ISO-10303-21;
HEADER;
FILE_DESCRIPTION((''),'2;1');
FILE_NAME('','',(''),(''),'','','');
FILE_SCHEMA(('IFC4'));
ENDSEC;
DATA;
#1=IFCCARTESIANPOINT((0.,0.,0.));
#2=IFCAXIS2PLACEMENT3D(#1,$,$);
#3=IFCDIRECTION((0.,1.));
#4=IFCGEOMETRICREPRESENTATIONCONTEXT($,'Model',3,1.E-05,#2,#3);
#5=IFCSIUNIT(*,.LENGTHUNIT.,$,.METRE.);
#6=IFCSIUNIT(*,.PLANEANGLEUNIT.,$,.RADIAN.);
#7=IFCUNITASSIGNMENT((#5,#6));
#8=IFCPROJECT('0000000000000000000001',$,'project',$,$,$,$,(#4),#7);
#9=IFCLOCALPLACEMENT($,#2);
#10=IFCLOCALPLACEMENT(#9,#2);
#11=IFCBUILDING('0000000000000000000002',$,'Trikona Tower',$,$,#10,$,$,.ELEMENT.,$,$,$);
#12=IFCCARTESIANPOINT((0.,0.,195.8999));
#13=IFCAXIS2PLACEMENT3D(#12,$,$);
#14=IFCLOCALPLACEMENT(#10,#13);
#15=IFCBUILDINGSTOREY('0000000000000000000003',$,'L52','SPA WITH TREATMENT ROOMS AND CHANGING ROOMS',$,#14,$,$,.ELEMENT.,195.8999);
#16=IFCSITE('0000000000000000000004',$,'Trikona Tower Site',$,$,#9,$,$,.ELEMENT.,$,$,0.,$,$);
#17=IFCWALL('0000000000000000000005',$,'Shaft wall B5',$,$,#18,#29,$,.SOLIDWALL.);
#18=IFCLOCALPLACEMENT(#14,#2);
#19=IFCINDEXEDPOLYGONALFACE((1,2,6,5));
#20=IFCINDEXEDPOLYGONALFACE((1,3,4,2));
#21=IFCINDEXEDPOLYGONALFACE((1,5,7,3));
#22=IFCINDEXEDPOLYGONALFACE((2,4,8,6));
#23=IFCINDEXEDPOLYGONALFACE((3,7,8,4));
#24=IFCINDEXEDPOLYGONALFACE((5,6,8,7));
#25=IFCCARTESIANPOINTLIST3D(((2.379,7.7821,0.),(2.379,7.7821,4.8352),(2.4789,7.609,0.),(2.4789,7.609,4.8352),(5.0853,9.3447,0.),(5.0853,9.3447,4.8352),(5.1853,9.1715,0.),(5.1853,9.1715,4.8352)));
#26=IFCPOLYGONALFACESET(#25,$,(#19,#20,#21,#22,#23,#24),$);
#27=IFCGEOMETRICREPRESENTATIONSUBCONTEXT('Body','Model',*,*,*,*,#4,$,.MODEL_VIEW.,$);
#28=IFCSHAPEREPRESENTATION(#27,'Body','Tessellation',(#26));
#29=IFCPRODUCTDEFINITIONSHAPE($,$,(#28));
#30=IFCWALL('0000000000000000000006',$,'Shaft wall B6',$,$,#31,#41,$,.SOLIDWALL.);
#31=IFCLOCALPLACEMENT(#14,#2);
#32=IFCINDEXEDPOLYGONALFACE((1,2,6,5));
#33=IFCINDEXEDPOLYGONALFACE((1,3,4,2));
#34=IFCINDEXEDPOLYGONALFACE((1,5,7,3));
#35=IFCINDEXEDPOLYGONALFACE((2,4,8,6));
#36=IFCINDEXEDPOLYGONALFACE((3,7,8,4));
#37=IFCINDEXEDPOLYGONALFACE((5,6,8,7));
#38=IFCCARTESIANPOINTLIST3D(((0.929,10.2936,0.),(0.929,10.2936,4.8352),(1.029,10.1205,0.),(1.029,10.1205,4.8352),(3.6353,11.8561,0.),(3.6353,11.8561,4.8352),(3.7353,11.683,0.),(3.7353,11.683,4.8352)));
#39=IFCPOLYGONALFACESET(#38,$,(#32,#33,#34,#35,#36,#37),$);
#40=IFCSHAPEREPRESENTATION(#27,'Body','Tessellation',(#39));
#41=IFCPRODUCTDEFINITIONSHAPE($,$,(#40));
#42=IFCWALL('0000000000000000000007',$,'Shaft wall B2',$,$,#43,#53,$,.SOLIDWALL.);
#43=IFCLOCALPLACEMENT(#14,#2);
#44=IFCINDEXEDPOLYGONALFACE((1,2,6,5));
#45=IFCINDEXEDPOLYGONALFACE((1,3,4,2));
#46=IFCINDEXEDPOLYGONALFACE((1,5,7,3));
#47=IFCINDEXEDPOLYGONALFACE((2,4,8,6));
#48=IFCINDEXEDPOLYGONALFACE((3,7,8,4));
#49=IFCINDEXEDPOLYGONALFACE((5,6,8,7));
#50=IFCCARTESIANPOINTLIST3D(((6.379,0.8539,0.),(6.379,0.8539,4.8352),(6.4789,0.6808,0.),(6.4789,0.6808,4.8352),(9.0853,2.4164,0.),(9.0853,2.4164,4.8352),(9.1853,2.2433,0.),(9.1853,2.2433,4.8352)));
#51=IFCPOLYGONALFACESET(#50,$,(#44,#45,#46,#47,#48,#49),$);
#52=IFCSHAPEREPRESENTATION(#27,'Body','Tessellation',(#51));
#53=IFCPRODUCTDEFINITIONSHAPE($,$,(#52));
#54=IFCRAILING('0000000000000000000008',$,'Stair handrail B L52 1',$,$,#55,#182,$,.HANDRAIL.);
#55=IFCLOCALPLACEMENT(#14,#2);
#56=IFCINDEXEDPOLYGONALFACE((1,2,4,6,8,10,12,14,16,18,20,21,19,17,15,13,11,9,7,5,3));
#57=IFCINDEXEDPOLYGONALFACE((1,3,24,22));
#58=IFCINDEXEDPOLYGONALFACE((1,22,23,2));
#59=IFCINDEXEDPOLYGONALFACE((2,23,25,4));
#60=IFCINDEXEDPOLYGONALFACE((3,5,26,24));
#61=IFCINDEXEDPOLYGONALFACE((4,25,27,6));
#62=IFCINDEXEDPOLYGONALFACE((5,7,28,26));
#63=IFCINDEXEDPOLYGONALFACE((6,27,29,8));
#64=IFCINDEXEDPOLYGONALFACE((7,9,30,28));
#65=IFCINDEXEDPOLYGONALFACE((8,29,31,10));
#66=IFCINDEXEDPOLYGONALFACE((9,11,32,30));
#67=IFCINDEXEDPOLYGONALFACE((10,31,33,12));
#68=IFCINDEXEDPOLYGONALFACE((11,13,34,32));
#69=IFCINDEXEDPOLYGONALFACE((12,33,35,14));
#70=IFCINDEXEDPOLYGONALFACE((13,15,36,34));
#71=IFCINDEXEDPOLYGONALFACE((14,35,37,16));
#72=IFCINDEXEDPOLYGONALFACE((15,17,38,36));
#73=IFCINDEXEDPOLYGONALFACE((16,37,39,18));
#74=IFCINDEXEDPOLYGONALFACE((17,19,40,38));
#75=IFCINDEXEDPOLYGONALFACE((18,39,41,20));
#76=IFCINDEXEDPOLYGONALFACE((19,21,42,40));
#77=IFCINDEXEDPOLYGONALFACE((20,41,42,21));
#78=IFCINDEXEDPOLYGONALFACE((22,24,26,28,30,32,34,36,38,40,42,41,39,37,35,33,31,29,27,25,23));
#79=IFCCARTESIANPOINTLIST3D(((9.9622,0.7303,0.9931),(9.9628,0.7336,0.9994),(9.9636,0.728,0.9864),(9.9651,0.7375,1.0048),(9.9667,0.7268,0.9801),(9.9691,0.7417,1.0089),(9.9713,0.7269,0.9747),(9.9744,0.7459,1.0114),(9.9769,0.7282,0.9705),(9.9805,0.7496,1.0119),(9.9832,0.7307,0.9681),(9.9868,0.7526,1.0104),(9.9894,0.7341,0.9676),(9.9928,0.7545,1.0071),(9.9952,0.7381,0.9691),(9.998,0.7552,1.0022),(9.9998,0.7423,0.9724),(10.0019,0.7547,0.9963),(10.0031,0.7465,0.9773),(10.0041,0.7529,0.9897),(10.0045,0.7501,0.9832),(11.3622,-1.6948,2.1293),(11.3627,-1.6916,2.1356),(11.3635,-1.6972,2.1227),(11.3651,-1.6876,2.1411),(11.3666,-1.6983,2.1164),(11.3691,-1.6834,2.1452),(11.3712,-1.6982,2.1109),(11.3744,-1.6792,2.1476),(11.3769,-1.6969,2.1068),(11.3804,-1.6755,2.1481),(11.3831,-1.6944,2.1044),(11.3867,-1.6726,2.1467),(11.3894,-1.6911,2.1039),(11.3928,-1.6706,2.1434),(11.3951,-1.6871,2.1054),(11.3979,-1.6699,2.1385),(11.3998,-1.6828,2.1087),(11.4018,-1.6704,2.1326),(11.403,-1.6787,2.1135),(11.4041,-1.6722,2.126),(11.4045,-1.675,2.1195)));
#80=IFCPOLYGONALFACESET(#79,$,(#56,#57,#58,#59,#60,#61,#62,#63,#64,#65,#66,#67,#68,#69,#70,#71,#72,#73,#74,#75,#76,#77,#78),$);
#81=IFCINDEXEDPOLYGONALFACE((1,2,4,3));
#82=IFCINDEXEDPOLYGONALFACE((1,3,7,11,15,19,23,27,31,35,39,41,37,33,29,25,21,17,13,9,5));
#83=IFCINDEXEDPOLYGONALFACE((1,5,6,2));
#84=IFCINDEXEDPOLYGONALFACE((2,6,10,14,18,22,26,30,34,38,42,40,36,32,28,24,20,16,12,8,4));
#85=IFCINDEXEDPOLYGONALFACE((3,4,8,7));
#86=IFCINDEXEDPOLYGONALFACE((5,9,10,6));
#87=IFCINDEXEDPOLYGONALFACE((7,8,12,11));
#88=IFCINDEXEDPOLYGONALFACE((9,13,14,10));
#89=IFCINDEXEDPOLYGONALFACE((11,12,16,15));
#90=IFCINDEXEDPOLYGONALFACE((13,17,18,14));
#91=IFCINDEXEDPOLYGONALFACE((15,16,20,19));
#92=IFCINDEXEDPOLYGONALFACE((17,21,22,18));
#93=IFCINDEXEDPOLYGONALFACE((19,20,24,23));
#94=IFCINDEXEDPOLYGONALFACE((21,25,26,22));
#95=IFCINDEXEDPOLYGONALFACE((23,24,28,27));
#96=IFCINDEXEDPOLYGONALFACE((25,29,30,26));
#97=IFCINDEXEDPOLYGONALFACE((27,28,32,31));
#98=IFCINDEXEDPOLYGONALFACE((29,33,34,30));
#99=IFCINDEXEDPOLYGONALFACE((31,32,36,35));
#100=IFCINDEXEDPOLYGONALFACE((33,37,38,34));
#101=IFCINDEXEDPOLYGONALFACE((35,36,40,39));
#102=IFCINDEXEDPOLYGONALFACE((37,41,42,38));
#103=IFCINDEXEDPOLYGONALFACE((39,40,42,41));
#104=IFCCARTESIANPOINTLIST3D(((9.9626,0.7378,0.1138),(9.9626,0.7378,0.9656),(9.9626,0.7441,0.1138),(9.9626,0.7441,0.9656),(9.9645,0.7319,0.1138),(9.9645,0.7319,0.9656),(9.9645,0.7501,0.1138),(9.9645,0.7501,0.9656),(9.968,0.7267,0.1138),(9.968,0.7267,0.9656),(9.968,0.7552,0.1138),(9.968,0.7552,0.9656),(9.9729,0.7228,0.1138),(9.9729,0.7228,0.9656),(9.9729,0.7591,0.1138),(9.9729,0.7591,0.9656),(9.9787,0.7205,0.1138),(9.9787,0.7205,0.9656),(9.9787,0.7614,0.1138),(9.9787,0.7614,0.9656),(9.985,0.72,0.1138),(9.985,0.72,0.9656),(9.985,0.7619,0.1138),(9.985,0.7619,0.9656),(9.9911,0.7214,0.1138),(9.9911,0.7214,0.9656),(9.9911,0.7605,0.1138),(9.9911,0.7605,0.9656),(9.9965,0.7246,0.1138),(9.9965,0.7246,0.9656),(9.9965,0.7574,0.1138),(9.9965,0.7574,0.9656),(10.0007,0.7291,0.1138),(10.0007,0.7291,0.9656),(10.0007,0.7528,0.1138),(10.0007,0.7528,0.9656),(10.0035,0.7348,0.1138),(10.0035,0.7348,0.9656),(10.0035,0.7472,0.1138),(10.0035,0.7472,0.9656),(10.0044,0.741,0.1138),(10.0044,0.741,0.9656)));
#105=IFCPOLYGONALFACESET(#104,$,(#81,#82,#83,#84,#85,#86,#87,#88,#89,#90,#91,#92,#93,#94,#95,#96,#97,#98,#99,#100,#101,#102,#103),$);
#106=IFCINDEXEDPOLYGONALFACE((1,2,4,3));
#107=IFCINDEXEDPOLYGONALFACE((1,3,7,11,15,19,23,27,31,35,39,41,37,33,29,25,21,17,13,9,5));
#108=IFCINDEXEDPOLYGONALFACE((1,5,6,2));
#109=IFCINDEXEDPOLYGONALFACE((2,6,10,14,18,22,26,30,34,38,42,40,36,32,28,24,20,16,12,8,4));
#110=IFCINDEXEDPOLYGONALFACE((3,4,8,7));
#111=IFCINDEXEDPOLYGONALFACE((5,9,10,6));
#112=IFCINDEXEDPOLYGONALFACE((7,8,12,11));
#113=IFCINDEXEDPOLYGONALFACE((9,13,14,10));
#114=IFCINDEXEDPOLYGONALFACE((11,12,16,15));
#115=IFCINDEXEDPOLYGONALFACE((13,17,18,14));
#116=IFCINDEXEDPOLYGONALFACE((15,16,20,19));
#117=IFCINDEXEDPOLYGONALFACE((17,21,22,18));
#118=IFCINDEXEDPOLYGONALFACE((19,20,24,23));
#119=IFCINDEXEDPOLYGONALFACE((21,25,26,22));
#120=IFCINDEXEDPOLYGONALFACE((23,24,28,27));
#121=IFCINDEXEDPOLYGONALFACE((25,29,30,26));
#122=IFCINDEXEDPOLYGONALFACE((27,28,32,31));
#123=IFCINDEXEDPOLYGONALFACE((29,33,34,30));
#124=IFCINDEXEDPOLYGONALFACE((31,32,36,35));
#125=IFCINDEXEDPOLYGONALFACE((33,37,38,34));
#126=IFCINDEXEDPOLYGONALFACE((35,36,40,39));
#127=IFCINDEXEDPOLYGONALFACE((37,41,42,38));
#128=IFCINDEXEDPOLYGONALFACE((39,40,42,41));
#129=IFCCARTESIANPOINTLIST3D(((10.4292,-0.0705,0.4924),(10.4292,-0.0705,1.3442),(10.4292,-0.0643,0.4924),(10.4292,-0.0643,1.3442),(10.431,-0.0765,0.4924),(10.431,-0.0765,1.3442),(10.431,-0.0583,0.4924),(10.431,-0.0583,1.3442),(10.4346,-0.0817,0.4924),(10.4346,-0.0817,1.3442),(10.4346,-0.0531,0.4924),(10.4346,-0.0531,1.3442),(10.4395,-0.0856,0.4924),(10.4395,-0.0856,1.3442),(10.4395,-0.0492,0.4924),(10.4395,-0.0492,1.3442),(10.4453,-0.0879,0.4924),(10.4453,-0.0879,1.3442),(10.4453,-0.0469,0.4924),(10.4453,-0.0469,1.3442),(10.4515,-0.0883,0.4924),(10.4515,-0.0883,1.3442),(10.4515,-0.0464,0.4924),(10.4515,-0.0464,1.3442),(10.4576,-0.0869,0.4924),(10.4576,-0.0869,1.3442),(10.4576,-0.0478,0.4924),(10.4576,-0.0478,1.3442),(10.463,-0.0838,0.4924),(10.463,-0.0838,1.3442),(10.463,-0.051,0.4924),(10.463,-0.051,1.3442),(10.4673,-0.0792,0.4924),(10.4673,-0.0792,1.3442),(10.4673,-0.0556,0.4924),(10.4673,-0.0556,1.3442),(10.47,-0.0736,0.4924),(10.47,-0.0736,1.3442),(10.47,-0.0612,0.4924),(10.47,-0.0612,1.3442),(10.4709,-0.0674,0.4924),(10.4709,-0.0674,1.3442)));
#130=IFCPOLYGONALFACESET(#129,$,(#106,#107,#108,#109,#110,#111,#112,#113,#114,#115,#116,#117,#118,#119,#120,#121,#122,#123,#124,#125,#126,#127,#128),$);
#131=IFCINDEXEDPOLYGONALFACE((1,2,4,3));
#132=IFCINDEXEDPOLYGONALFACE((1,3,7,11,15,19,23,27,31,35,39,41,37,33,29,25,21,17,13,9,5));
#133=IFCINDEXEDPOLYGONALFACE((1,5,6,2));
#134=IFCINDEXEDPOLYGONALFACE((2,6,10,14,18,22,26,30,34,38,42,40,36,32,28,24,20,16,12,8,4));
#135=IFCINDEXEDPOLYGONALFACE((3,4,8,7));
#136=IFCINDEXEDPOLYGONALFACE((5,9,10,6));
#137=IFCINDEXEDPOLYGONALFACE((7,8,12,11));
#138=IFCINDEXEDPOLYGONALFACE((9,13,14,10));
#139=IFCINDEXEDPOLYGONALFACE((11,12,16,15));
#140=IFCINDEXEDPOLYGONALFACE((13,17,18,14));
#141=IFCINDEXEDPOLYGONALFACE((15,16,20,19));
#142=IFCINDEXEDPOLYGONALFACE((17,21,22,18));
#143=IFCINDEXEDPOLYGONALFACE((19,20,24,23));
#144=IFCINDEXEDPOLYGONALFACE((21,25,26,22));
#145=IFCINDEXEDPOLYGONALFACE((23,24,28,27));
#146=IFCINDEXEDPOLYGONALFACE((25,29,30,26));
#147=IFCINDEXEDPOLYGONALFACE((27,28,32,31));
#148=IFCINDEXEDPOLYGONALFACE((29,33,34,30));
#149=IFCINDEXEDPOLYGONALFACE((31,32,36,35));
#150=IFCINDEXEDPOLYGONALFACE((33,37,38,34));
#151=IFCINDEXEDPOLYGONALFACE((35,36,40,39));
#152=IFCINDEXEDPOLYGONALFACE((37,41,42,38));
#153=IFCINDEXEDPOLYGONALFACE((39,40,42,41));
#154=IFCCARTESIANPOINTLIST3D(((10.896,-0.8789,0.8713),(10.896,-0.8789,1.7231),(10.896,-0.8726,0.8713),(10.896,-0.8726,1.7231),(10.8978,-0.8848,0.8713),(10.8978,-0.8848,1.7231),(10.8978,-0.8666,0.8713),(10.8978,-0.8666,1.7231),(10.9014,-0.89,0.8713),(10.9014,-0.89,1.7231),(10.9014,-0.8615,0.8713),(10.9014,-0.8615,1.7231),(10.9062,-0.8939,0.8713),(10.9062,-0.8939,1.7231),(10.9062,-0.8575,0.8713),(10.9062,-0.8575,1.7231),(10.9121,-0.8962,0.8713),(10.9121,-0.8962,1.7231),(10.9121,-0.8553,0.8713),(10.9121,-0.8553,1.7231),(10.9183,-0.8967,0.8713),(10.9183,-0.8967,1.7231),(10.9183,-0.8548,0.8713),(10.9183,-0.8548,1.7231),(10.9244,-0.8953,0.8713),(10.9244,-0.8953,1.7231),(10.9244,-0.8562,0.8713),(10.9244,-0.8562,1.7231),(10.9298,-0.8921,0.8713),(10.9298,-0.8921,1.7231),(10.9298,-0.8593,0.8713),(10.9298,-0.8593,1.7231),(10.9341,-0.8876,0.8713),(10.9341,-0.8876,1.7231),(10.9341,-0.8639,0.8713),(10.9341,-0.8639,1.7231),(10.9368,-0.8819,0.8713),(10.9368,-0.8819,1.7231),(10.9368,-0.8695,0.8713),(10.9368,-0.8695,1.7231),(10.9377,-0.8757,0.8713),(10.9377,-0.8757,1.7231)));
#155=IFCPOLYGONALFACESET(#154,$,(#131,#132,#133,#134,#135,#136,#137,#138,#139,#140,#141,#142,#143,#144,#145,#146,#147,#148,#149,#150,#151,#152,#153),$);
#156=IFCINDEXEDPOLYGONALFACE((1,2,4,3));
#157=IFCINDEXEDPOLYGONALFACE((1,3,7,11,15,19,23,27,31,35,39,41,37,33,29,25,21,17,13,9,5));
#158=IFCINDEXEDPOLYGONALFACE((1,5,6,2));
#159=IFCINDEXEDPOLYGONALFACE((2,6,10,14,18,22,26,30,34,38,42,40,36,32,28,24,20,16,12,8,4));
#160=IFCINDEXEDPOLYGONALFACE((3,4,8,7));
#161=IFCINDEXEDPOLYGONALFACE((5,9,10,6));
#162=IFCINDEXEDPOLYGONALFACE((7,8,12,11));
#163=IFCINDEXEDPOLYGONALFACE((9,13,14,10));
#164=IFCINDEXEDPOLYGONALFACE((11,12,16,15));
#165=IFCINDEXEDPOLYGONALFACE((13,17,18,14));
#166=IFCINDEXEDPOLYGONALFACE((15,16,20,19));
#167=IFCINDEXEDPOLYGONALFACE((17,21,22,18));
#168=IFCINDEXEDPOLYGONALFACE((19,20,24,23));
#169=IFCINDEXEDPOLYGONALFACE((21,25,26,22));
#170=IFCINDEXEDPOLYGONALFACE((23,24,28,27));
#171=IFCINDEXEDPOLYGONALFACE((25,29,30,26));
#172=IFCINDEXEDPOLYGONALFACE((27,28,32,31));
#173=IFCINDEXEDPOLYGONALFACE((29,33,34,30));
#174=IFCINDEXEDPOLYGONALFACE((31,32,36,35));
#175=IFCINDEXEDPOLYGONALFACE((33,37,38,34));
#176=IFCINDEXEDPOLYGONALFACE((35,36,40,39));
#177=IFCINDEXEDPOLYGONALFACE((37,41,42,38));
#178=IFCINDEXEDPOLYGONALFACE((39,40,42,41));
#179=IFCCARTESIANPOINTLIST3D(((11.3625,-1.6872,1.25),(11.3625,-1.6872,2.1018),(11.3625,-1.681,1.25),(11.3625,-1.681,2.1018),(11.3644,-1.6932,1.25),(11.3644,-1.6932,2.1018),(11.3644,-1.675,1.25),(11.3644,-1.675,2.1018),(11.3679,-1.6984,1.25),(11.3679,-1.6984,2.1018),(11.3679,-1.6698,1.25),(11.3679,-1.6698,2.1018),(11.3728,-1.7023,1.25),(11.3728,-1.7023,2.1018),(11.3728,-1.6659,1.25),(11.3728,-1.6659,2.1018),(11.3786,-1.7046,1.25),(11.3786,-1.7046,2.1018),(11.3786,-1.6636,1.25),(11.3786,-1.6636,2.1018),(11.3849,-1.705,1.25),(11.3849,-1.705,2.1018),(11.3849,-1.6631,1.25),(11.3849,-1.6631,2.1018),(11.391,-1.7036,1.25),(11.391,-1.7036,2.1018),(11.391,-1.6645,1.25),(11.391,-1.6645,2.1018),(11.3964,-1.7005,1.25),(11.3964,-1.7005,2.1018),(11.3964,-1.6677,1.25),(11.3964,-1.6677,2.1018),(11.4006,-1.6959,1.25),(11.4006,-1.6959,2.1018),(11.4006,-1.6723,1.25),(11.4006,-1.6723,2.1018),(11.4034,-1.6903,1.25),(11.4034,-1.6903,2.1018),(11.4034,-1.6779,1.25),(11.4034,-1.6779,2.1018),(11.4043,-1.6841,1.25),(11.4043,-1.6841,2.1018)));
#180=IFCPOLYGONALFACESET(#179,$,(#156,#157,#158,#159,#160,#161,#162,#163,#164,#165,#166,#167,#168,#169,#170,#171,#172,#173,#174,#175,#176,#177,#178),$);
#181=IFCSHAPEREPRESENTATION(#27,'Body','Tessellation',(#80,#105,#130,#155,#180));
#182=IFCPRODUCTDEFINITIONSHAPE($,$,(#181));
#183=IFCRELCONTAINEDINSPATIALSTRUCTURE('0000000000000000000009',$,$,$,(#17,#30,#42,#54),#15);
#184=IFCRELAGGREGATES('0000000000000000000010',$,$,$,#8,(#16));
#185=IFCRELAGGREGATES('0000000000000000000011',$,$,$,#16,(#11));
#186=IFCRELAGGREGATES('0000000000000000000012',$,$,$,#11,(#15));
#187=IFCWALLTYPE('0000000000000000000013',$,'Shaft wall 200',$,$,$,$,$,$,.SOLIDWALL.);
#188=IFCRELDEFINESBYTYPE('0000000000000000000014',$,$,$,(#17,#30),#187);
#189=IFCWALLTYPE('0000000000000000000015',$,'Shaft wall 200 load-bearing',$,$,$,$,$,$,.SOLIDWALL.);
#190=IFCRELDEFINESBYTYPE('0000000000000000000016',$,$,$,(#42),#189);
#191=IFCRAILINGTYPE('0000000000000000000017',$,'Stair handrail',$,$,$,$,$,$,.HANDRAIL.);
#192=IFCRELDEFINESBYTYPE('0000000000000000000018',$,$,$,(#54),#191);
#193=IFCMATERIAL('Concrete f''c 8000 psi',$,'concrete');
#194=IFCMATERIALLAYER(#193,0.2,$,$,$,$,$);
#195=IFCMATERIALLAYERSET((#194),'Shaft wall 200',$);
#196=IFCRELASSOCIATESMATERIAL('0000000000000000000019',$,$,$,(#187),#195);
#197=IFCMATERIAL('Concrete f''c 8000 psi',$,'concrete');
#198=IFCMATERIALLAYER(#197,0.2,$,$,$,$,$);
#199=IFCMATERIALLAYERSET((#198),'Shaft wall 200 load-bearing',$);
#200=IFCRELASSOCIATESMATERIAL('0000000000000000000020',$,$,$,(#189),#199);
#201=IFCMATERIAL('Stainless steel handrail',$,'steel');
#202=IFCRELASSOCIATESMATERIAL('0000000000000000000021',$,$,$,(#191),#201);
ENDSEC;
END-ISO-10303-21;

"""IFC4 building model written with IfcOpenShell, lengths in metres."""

from ifc_helpers import new_model, si_unit, direction, frame, frame_2d, origin, origin_2d, place, context, subcontext, project, spatial, rectangle, circle, extrude, material, layer, layer_set, type_object, element, save


model = new_model("IFC4")

# Units and contexts
model_context = context("Model", 3, precision=1e-05, world=origin(), true_north=direction((0.0, 1.0)))
body_context = subcontext(model_context, "Body", "Model", "MODEL_VIEW")
ifc_project = project(units=[si_unit("LENGTHUNIT", "METRE"), si_unit("PLANEANGLEUNIT", "RADIAN")], contexts=[model_context])

# Site, building, storey
site_placement = place(None, origin())
site = spatial("IfcSite", under=ifc_project, at=site_placement, Name="Trikona Tower Site", CompositionType="ELEMENT", RefElevation=0.0)
building_placement = place(site_placement, origin())
building = spatial("IfcBuilding", under=site, at=building_placement, Name="Trikona Tower", CompositionType="ELEMENT")
storey_placement = place(building_placement, frame((0.0, 0.0, 195.8999)))
storey = spatial("IfcBuildingStorey", under=building, at=storey_placement, Name="L52", Description="SPA WITH TREATMENT ROOMS AND CHANGING ROOMS", CompositionType="ELEMENT", Elevation=195.8999)

# Walls
ifc_material_1 = material(Name="Concrete f'c 8000 psi", Category="concrete")
ifc_layer_1 = layer(ifc_material_1, 0.2)
ifc_layer_set_1 = layer_set([ifc_layer_1], Name="Shaft wall 200")
wall_type_1 = type_object("IfcWallType", Name="Shaft wall 200", PredefinedType="SOLIDWALL", material=ifc_layer_set_1)
for number, where, z_axis, x_axis, name in (
    (1, (2.429, 7.6956, 0.0), (0.0, 0.0, 1.0), (0.866023, 0.500004, 0.0), "Shaft wall B5"),
    (2, (0.979, 10.207, 0.0), (0.0, 0.0, 1.0), (0.866023, 0.500004, 0.0), "Shaft wall B6"),
):
    element("IfcWall", number, at=place(storey_placement, frame(where, z_axis=z_axis, x_axis=x_axis)), inside=storey, type_object=wall_type_1, Name=name, PredefinedType="SOLIDWALL", context=body_context, shape_type="SweptSolid", body=[
        extrude(rectangle(XDim=3.125, YDim=0.2, at=frame_2d((1.5625, 0.0))), origin(), (0.0, 0.0, 1.0), 4.8352),
    ])
ifc_material_2 = material(Name="Concrete f'c 8000 psi", Category="concrete")
ifc_layer_2 = layer(ifc_material_2, 0.2)
ifc_layer_set_2 = layer_set([ifc_layer_2], Name="Shaft wall 200 load-bearing")
wall_type_2 = type_object("IfcWallType", Name="Shaft wall 200 load-bearing", PredefinedType="SOLIDWALL", material=ifc_layer_set_2)
wall_1_placement = place(storey_placement, frame((6.429, 0.7673, 0.0), z_axis=(0.0, 0.0, 1.0), x_axis=(0.866023, 0.500004, 0.0)))
element("IfcWall", 3, at=wall_1_placement, inside=storey, type_object=wall_type_2, Name="Shaft wall B2", PredefinedType="SOLIDWALL", context=body_context, shape_type="SweptSolid", body=[
    extrude(rectangle(XDim=3.125, YDim=0.2, at=frame_2d((1.5625, 0.0))), origin(), (0.0, 0.0, 1.0), 4.8352),
])

# Railing
ifc_material_3 = material(Name="Stainless steel handrail", Category="steel")
railing_type = type_object("IfcRailingType", Name="Stair handrail", PredefinedType="HANDRAIL", material=ifc_material_3)
for number, where, name in (
    (4, (9.9834, 0.741, 0.1138), "Stair handrail B L52 1"),
):
    element("IfcRailing", number, at=place(storey_placement, frame(where)), inside=storey, type_object=railing_type, Name=name, PredefinedType="HANDRAIL", context=body_context, shape_type="SweptSolid", body=[
        extrude(circle(Radius=0.0239, at=origin_2d()), frame((0.0, 0.0, 0.876), z_axis=(0.463259, -0.802503, 0.376004), x_axis=(0.866056, 0.499946, 0.0)), (0.0, 0.0, 1.0), 3.022),
        extrude(circle(Radius=0.021, at=origin_2d()), origin(), (0.0, 0.0, 1.0), 0.8518),
        extrude(circle(Radius=0.021, at=origin_2d()), frame((0.4666, -0.8083, 0.3787)), (0.0, 0.0, 1.0), 0.8518),
        extrude(circle(Radius=0.021, at=origin_2d()), frame((0.9333, -1.6167, 0.7576)), (0.0, 0.0, 1.0), 0.8518),
        extrude(circle(Radius=0.021, at=origin_2d()), frame((1.3999, -2.425, 1.1362)), (0.0, 0.0, 1.0), 0.8518),
    ])

save(model, "model.ifc")
